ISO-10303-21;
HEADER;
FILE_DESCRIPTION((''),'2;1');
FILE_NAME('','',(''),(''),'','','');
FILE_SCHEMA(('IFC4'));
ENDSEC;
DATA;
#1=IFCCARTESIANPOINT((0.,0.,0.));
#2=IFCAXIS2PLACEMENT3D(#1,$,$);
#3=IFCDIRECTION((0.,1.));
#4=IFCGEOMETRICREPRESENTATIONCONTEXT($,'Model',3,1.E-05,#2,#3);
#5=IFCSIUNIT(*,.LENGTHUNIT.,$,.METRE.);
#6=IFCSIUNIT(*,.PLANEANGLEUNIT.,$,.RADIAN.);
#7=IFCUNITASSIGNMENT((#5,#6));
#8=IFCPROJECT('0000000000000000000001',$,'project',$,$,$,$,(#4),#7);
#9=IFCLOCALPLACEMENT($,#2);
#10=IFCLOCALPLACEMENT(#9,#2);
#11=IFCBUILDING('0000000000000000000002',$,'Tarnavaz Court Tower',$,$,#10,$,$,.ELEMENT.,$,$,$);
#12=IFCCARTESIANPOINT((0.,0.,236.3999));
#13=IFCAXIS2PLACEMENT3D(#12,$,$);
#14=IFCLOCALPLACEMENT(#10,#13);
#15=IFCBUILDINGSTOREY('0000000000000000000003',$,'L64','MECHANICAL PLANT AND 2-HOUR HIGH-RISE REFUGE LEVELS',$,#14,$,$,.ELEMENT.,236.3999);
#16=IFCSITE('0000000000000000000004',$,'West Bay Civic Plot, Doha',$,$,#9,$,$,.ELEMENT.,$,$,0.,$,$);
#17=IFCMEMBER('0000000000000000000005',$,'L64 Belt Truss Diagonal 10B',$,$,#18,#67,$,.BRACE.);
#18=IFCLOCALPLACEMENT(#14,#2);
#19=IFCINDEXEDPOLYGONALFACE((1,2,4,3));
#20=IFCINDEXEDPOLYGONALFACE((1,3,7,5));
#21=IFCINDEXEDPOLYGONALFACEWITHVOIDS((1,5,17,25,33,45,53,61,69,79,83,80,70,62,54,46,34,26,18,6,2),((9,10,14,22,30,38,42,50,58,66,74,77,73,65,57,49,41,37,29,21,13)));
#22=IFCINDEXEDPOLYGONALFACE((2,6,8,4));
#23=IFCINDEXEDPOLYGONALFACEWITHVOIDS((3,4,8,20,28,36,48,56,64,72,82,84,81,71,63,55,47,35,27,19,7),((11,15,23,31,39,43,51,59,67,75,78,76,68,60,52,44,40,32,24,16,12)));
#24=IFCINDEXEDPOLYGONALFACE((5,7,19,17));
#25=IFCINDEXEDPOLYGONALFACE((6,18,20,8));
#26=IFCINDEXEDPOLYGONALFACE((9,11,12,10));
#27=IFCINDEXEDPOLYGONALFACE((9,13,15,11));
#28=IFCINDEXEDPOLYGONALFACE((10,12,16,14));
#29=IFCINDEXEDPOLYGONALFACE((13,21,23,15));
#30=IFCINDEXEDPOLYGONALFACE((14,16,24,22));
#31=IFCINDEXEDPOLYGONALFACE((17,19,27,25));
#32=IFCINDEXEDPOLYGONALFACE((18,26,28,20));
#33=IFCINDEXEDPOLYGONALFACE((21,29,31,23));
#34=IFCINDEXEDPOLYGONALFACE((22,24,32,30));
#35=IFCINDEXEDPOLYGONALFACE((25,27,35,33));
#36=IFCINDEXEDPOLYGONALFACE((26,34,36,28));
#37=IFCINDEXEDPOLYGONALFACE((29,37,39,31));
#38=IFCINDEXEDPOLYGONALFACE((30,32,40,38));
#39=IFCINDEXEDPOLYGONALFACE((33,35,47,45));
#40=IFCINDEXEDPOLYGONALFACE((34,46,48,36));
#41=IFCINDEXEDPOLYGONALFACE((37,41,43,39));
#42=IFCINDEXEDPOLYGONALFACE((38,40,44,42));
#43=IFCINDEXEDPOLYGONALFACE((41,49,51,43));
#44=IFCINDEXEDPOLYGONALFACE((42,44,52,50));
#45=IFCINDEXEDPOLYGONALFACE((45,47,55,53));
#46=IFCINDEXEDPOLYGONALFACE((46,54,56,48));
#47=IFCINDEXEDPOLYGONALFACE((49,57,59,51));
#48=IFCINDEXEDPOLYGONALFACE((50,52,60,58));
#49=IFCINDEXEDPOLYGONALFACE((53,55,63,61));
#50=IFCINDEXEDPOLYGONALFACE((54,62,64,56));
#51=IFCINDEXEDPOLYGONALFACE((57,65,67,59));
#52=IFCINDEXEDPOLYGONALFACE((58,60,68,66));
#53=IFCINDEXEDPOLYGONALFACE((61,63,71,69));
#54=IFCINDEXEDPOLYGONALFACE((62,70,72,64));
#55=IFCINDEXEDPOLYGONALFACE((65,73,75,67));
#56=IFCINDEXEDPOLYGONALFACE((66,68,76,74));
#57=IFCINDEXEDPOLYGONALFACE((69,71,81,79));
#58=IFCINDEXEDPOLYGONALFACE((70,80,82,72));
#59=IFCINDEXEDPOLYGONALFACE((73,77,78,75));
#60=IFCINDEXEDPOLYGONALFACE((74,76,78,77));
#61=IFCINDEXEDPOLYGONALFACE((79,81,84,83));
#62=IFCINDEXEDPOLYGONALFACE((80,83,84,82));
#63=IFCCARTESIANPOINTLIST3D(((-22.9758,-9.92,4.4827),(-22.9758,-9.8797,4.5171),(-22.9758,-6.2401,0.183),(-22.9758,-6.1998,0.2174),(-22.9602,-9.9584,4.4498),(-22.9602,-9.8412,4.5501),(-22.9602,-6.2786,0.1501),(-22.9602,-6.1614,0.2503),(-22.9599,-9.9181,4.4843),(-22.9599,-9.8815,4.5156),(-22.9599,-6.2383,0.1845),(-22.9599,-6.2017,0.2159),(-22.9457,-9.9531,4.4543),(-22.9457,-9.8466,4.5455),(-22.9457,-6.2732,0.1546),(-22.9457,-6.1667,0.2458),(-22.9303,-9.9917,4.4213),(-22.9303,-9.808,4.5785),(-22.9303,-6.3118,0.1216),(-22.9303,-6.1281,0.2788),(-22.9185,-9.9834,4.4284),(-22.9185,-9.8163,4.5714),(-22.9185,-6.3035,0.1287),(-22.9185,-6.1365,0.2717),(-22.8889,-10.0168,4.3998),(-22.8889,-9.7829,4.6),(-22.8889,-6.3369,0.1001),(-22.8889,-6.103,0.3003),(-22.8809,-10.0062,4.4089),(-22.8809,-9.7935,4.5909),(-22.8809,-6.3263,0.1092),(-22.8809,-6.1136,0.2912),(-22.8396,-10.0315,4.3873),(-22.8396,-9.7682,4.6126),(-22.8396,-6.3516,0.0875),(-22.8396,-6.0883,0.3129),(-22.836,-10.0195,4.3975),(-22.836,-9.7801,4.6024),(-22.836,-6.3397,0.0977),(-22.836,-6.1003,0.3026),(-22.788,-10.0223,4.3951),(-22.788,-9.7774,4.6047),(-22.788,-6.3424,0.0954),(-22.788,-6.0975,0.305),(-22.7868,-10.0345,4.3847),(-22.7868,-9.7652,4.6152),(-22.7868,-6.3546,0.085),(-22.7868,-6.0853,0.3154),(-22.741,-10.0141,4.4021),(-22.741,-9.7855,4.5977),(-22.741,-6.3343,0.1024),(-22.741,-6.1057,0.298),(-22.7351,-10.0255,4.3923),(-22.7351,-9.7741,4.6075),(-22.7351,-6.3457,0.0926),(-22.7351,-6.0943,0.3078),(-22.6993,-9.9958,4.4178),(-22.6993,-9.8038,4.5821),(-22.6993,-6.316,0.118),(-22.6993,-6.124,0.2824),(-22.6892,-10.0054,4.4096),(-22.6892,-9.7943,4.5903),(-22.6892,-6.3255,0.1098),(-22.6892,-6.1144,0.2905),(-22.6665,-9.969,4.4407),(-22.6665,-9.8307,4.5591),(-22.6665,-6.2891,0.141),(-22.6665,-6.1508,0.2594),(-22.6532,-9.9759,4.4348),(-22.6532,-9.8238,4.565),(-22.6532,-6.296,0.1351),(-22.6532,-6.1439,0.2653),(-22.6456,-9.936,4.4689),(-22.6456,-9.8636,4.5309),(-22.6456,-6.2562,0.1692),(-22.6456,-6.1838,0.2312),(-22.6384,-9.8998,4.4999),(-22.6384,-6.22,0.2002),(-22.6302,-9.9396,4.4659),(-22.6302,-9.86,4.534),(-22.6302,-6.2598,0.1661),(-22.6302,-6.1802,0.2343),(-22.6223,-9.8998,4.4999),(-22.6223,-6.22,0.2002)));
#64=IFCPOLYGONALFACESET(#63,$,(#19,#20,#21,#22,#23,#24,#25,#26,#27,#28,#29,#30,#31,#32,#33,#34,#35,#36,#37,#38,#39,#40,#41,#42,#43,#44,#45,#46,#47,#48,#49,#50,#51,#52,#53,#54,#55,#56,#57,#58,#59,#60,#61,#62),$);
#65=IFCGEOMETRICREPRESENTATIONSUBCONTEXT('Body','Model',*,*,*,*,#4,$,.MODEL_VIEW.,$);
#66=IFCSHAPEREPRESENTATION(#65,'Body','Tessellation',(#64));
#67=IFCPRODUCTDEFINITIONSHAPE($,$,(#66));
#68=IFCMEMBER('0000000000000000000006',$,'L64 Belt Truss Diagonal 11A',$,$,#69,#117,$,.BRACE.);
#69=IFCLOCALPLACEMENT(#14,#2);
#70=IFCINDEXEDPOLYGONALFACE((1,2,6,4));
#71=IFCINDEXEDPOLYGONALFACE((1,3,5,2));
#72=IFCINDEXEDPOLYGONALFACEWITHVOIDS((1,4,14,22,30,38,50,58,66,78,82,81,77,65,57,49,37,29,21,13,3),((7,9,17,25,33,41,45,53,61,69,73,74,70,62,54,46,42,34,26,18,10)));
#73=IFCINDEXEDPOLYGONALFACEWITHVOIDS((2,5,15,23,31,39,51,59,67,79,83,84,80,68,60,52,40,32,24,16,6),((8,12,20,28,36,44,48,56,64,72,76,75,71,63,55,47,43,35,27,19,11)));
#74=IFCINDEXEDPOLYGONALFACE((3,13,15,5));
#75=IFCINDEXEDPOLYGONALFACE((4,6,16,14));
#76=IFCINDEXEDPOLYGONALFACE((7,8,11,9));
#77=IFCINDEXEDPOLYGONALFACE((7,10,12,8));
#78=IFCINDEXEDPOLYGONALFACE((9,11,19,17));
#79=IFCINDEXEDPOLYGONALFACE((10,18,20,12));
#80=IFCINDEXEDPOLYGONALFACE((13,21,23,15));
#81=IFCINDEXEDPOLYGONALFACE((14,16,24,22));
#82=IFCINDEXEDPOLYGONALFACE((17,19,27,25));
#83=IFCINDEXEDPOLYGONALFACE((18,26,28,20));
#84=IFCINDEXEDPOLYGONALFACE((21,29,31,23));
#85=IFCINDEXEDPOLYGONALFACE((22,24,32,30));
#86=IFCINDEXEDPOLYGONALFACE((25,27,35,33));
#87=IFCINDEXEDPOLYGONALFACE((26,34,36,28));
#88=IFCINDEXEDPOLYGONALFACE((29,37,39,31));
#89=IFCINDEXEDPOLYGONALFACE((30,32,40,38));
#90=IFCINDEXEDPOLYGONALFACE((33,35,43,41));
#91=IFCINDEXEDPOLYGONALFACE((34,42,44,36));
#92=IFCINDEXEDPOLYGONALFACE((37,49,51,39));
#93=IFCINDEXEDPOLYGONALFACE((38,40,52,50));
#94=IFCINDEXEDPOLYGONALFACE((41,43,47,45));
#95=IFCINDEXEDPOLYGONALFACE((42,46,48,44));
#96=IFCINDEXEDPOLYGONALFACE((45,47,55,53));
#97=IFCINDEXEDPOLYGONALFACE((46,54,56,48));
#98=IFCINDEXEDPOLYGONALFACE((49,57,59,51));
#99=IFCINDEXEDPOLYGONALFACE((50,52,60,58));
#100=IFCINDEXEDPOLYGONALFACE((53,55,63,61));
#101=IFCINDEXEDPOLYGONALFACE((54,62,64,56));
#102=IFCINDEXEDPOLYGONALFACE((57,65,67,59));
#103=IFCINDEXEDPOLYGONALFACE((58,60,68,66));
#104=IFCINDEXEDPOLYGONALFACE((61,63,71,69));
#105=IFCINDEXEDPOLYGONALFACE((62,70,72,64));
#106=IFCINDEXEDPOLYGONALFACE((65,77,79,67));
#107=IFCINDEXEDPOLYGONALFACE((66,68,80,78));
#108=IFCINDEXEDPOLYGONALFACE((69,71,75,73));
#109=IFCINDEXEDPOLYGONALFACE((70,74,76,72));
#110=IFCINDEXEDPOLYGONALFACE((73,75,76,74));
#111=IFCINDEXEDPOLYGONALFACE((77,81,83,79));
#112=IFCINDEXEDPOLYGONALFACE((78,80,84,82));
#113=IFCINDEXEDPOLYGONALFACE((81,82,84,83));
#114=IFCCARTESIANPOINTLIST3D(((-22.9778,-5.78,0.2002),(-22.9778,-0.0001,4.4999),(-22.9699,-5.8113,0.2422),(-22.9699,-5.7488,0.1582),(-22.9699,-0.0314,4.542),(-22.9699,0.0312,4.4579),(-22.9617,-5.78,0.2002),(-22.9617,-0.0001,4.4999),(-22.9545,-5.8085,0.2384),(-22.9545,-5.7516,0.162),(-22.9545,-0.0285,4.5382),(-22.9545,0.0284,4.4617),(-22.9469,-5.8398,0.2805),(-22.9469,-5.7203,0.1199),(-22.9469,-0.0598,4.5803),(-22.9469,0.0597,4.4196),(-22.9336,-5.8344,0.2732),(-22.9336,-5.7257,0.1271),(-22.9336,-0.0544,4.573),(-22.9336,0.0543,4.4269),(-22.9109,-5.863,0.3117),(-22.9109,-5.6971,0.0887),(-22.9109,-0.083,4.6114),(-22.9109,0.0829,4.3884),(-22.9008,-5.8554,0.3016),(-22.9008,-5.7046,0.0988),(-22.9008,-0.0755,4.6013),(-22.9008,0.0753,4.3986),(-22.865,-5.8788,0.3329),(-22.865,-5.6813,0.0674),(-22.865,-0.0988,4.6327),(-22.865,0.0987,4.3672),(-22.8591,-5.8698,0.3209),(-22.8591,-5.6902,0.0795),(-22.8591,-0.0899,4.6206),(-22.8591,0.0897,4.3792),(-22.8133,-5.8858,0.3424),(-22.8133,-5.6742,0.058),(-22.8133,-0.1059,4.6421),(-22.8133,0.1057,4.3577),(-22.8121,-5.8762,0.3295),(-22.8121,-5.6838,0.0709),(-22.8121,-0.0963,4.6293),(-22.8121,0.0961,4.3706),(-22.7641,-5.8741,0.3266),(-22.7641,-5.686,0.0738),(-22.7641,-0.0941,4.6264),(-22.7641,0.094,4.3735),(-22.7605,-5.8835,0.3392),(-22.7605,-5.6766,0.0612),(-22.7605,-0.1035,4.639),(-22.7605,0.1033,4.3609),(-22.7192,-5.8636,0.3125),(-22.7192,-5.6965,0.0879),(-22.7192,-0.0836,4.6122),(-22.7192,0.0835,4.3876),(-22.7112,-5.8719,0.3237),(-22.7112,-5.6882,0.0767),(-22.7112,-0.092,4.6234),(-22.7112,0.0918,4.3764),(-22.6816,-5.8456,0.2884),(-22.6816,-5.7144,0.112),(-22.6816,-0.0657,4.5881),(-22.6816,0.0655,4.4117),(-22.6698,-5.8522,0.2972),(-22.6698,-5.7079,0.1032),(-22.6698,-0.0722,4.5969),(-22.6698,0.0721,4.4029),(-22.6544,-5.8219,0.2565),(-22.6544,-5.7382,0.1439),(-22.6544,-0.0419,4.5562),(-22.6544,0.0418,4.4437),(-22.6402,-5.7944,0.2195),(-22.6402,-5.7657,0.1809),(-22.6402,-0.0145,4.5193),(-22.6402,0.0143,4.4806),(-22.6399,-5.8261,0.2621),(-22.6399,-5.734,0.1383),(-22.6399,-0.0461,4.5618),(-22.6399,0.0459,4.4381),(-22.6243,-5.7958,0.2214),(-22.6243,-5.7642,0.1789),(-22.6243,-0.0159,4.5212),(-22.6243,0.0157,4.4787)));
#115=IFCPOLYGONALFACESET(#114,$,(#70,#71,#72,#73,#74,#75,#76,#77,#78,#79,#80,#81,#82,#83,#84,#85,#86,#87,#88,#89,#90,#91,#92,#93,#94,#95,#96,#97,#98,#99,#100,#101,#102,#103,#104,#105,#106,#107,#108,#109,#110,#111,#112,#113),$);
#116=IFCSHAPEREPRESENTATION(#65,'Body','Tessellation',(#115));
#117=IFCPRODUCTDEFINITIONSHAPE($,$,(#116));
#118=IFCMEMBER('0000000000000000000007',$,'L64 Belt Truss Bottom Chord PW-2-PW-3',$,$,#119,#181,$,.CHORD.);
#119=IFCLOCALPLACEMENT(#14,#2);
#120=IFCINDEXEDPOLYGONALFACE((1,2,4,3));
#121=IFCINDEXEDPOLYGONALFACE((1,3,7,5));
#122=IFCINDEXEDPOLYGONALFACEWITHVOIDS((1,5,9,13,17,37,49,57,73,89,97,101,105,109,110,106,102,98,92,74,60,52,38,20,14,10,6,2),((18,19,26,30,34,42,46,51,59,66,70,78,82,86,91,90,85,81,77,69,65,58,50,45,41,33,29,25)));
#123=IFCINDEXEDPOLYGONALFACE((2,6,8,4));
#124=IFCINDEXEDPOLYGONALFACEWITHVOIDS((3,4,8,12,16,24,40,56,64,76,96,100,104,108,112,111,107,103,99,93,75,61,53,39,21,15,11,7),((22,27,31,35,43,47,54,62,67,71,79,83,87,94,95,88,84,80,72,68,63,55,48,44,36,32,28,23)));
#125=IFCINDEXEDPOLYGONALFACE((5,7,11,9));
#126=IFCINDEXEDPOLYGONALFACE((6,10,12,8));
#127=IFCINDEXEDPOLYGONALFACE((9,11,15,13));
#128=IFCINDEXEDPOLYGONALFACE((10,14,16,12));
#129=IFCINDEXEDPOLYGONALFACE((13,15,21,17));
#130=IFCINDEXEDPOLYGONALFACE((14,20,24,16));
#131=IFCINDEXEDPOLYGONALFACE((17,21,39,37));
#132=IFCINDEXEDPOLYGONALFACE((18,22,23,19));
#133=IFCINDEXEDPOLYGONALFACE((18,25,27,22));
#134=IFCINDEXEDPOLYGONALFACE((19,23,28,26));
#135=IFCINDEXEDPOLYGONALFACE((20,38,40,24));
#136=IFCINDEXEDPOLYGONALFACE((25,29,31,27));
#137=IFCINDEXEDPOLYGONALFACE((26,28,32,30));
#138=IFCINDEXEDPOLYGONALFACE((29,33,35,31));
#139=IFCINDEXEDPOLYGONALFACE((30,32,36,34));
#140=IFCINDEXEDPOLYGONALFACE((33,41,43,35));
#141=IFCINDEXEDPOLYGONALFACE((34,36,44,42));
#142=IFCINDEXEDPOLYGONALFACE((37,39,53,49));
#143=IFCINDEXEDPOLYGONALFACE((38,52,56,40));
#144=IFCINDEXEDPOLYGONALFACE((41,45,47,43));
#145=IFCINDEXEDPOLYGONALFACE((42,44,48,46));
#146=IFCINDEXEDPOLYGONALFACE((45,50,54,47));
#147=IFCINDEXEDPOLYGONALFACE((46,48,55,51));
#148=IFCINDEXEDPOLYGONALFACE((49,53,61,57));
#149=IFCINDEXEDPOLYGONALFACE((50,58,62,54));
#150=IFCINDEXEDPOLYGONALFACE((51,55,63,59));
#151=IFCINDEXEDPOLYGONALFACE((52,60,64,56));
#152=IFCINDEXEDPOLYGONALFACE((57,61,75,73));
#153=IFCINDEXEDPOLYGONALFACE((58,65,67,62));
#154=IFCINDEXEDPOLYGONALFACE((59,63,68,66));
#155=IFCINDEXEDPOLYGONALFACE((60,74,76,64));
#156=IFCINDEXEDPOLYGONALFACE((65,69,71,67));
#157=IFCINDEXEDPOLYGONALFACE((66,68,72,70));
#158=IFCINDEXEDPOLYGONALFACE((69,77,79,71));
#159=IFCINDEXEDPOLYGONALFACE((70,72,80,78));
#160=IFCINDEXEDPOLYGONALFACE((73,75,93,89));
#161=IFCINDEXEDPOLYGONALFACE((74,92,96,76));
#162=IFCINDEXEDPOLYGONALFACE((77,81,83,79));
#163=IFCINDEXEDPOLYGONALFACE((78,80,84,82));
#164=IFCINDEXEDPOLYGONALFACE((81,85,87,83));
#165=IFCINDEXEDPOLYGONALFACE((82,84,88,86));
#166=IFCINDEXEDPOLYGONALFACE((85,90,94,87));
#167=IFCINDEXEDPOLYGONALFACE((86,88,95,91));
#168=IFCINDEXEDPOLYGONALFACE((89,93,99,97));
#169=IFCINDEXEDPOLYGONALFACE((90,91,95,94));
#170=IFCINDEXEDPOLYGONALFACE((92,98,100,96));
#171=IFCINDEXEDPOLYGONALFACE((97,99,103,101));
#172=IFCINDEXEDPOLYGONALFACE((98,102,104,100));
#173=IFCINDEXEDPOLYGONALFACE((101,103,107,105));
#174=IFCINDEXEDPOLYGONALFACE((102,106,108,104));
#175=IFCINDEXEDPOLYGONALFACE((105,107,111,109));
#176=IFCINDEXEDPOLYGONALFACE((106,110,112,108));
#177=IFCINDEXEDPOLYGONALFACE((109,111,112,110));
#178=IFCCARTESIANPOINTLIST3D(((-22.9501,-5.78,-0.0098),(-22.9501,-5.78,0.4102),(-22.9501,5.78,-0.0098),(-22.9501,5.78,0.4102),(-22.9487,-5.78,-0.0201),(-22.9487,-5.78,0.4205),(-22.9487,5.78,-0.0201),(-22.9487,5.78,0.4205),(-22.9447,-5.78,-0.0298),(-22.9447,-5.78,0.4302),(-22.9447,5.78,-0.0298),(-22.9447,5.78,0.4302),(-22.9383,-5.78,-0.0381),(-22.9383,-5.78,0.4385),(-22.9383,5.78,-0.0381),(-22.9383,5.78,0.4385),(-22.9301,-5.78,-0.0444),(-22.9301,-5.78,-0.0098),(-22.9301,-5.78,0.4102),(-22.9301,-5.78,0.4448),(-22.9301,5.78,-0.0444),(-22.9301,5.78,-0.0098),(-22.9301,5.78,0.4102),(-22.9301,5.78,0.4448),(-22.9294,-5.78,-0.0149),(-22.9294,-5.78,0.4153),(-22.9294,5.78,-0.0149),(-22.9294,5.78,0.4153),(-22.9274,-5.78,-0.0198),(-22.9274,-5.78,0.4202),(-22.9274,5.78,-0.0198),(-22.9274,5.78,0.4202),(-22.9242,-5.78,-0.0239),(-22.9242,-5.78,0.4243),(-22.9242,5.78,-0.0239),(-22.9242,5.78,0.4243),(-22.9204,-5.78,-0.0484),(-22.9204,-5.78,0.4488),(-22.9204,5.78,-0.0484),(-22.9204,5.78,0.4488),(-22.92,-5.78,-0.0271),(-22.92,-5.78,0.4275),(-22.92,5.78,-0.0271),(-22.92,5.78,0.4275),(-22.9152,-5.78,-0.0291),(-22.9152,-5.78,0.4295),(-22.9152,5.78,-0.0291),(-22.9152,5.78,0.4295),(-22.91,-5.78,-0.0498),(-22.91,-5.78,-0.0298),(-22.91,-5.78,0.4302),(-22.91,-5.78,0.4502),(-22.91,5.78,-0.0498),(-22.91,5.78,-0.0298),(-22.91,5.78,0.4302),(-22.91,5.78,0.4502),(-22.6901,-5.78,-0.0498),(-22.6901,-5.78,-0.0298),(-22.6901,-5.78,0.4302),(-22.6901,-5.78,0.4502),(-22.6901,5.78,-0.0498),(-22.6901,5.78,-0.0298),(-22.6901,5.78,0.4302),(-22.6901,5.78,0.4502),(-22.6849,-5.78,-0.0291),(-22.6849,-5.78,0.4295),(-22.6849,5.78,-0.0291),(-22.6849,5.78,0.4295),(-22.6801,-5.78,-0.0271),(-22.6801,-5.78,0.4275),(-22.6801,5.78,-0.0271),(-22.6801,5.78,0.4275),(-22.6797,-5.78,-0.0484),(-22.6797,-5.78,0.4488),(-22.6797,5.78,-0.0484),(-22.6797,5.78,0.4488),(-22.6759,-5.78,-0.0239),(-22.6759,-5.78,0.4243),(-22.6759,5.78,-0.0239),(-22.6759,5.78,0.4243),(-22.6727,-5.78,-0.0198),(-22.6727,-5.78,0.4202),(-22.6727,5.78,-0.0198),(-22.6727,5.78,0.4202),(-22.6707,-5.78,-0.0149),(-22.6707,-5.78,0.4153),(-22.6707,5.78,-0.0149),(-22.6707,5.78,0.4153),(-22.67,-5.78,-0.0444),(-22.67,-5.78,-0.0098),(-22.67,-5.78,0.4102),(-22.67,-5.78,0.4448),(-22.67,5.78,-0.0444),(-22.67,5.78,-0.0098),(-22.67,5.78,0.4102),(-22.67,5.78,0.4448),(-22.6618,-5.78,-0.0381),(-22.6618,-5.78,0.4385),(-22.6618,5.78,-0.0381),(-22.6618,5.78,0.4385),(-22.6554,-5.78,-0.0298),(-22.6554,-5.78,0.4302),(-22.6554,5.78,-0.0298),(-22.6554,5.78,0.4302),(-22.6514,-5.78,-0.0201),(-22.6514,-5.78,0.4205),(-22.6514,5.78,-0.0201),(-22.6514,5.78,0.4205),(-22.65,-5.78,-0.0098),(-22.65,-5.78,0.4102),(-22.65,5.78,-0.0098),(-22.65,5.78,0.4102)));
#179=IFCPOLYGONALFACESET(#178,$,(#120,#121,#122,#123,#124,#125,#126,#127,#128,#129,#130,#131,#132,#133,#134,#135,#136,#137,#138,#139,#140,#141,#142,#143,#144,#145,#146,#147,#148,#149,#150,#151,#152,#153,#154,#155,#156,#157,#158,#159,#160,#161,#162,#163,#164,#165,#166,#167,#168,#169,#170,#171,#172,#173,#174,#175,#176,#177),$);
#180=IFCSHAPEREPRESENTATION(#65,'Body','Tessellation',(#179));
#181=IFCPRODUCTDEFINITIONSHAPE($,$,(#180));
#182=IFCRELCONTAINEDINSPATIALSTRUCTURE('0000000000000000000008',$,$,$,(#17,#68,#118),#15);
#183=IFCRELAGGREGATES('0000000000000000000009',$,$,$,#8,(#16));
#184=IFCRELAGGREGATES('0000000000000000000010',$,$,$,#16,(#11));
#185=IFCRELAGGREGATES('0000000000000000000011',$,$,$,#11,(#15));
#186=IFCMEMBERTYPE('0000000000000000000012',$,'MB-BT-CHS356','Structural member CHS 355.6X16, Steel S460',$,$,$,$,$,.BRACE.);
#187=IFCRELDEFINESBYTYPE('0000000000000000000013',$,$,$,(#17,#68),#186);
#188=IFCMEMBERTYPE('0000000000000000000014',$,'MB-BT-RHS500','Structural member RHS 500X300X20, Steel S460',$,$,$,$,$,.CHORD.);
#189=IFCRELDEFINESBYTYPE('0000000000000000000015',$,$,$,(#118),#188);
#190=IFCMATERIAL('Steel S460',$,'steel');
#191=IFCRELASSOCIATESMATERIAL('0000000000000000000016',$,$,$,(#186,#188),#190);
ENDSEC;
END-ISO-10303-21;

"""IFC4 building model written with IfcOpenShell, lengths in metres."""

from ifc_helpers import new_model, si_unit, direction, frame, origin, origin_2d, place, context, subcontext, project, spatial, hollow_rectangle, hollow_circle, extrude, material, material_profile, profile_set, type_object, element, save


model = new_model("IFC4")

# Units and contexts
model_context = context("Model", 3, precision=1e-05, world=origin(), true_north=direction((0.0, 1.0)))
body_context = subcontext(model_context, "Body", "Model", "MODEL_VIEW")
ifc_project = project(units=[si_unit("LENGTHUNIT", "METRE"), si_unit("PLANEANGLEUNIT", "RADIAN")], contexts=[model_context])

# Site, building, storey
site_placement = place(None, origin())
site = spatial("IfcSite", under=ifc_project, at=site_placement, Name="West Bay Civic Plot, Doha", CompositionType="ELEMENT", RefElevation=0.0)
building_placement = place(site_placement, origin())
building = spatial("IfcBuilding", under=site, at=building_placement, Name="Tarnavaz Court Tower", CompositionType="ELEMENT")
storey_placement = place(building_placement, frame((0.0, 0.0, 236.3999)))
storey = spatial("IfcBuildingStorey", under=building, at=storey_placement, Name="L64", Description="MECHANICAL PLANT AND 2-HOUR HIGH-RISE REFUGE LEVELS", CompositionType="ELEMENT", Elevation=236.3999)

# Shared definitions
ifc_material_1 = material(Name="Steel S460", Category="steel")

# Members
ifc_material_profile_1 = material_profile(ifc_material_1, hollow_circle(Radius=0.1777, WallThickness=0.0161, at=origin_2d()), Name="CHS 355.6X16")
ifc_profile_set_1 = profile_set([ifc_material_profile_1], Name="Steel S460")
member_type_1 = type_object("IfcMemberType", Name="MB-BT-CHS356", Description="Structural member CHS 355.6X16, Steel S460", PredefinedType="BRACE", material=ifc_profile_set_1)
member_1_placement = place(storey_placement, frame((-22.8, -6.22, 0.2002), z_axis=(0.0, -0.650219, 0.759747), x_axis=(1.0, 0.0, 0.0)))
element("IfcMember", 1, at=member_1_placement, inside=storey, type_object=member_type_1, Name="L64 Belt Truss Diagonal 10B", PredefinedType="BRACE", context=body_context, shape_type="SweptSolid", body=[
    extrude(hollow_circle(Radius=0.1777, WallThickness=0.0161, at=origin_2d()), origin(), (0.0, 0.0, 1.0), 5.6594),
])
member_2_placement = place(storey_placement, frame((-22.8, -5.78, 0.2002), z_axis=(0.0, 0.80234, 0.596867), x_axis=(-1.0, 0.0, 0.0)))
element("IfcMember", 2, at=member_2_placement, inside=storey, type_object=member_type_1, Name="L64 Belt Truss Diagonal 11A", PredefinedType="BRACE", context=body_context, shape_type="SweptSolid", body=[
    extrude(hollow_circle(Radius=0.1777, WallThickness=0.0161, at=origin_2d()), origin(), (0.0, 0.0, 1.0), 7.2039),
])
ifc_material_profile_2 = material_profile(ifc_material_1, hollow_rectangle(XDim=0.3, YDim=0.5, WallThickness=0.02, InnerFilletRadius=0.02, OuterFilletRadius=0.04, at=origin_2d()), Name="RHS 500X300X20")
ifc_profile_set_2 = profile_set([ifc_material_profile_2], Name="Steel S460")
member_type_2 = type_object("IfcMemberType", Name="MB-BT-RHS500", Description="Structural member RHS 500X300X20, Steel S460", PredefinedType="CHORD", material=ifc_profile_set_2)
member_3_placement = place(storey_placement, frame((-22.8, -5.78, 0.2002), z_axis=(0.0, 1.0, 0.0), x_axis=(-1.0, 0.0, 0.0)))
element("IfcMember", 3, at=member_3_placement, inside=storey, type_object=member_type_2, Name="L64 Belt Truss Bottom Chord PW-2-PW-3", PredefinedType="CHORD", context=body_context, shape_type="SweptSolid", body=[
    extrude(hollow_rectangle(XDim=0.3, YDim=0.5, WallThickness=0.02, InnerFilletRadius=0.02, OuterFilletRadius=0.04, at=origin_2d()), origin(), (0.0, 0.0, 1.0), 11.5601),
])

save(model, "model.ifc")
